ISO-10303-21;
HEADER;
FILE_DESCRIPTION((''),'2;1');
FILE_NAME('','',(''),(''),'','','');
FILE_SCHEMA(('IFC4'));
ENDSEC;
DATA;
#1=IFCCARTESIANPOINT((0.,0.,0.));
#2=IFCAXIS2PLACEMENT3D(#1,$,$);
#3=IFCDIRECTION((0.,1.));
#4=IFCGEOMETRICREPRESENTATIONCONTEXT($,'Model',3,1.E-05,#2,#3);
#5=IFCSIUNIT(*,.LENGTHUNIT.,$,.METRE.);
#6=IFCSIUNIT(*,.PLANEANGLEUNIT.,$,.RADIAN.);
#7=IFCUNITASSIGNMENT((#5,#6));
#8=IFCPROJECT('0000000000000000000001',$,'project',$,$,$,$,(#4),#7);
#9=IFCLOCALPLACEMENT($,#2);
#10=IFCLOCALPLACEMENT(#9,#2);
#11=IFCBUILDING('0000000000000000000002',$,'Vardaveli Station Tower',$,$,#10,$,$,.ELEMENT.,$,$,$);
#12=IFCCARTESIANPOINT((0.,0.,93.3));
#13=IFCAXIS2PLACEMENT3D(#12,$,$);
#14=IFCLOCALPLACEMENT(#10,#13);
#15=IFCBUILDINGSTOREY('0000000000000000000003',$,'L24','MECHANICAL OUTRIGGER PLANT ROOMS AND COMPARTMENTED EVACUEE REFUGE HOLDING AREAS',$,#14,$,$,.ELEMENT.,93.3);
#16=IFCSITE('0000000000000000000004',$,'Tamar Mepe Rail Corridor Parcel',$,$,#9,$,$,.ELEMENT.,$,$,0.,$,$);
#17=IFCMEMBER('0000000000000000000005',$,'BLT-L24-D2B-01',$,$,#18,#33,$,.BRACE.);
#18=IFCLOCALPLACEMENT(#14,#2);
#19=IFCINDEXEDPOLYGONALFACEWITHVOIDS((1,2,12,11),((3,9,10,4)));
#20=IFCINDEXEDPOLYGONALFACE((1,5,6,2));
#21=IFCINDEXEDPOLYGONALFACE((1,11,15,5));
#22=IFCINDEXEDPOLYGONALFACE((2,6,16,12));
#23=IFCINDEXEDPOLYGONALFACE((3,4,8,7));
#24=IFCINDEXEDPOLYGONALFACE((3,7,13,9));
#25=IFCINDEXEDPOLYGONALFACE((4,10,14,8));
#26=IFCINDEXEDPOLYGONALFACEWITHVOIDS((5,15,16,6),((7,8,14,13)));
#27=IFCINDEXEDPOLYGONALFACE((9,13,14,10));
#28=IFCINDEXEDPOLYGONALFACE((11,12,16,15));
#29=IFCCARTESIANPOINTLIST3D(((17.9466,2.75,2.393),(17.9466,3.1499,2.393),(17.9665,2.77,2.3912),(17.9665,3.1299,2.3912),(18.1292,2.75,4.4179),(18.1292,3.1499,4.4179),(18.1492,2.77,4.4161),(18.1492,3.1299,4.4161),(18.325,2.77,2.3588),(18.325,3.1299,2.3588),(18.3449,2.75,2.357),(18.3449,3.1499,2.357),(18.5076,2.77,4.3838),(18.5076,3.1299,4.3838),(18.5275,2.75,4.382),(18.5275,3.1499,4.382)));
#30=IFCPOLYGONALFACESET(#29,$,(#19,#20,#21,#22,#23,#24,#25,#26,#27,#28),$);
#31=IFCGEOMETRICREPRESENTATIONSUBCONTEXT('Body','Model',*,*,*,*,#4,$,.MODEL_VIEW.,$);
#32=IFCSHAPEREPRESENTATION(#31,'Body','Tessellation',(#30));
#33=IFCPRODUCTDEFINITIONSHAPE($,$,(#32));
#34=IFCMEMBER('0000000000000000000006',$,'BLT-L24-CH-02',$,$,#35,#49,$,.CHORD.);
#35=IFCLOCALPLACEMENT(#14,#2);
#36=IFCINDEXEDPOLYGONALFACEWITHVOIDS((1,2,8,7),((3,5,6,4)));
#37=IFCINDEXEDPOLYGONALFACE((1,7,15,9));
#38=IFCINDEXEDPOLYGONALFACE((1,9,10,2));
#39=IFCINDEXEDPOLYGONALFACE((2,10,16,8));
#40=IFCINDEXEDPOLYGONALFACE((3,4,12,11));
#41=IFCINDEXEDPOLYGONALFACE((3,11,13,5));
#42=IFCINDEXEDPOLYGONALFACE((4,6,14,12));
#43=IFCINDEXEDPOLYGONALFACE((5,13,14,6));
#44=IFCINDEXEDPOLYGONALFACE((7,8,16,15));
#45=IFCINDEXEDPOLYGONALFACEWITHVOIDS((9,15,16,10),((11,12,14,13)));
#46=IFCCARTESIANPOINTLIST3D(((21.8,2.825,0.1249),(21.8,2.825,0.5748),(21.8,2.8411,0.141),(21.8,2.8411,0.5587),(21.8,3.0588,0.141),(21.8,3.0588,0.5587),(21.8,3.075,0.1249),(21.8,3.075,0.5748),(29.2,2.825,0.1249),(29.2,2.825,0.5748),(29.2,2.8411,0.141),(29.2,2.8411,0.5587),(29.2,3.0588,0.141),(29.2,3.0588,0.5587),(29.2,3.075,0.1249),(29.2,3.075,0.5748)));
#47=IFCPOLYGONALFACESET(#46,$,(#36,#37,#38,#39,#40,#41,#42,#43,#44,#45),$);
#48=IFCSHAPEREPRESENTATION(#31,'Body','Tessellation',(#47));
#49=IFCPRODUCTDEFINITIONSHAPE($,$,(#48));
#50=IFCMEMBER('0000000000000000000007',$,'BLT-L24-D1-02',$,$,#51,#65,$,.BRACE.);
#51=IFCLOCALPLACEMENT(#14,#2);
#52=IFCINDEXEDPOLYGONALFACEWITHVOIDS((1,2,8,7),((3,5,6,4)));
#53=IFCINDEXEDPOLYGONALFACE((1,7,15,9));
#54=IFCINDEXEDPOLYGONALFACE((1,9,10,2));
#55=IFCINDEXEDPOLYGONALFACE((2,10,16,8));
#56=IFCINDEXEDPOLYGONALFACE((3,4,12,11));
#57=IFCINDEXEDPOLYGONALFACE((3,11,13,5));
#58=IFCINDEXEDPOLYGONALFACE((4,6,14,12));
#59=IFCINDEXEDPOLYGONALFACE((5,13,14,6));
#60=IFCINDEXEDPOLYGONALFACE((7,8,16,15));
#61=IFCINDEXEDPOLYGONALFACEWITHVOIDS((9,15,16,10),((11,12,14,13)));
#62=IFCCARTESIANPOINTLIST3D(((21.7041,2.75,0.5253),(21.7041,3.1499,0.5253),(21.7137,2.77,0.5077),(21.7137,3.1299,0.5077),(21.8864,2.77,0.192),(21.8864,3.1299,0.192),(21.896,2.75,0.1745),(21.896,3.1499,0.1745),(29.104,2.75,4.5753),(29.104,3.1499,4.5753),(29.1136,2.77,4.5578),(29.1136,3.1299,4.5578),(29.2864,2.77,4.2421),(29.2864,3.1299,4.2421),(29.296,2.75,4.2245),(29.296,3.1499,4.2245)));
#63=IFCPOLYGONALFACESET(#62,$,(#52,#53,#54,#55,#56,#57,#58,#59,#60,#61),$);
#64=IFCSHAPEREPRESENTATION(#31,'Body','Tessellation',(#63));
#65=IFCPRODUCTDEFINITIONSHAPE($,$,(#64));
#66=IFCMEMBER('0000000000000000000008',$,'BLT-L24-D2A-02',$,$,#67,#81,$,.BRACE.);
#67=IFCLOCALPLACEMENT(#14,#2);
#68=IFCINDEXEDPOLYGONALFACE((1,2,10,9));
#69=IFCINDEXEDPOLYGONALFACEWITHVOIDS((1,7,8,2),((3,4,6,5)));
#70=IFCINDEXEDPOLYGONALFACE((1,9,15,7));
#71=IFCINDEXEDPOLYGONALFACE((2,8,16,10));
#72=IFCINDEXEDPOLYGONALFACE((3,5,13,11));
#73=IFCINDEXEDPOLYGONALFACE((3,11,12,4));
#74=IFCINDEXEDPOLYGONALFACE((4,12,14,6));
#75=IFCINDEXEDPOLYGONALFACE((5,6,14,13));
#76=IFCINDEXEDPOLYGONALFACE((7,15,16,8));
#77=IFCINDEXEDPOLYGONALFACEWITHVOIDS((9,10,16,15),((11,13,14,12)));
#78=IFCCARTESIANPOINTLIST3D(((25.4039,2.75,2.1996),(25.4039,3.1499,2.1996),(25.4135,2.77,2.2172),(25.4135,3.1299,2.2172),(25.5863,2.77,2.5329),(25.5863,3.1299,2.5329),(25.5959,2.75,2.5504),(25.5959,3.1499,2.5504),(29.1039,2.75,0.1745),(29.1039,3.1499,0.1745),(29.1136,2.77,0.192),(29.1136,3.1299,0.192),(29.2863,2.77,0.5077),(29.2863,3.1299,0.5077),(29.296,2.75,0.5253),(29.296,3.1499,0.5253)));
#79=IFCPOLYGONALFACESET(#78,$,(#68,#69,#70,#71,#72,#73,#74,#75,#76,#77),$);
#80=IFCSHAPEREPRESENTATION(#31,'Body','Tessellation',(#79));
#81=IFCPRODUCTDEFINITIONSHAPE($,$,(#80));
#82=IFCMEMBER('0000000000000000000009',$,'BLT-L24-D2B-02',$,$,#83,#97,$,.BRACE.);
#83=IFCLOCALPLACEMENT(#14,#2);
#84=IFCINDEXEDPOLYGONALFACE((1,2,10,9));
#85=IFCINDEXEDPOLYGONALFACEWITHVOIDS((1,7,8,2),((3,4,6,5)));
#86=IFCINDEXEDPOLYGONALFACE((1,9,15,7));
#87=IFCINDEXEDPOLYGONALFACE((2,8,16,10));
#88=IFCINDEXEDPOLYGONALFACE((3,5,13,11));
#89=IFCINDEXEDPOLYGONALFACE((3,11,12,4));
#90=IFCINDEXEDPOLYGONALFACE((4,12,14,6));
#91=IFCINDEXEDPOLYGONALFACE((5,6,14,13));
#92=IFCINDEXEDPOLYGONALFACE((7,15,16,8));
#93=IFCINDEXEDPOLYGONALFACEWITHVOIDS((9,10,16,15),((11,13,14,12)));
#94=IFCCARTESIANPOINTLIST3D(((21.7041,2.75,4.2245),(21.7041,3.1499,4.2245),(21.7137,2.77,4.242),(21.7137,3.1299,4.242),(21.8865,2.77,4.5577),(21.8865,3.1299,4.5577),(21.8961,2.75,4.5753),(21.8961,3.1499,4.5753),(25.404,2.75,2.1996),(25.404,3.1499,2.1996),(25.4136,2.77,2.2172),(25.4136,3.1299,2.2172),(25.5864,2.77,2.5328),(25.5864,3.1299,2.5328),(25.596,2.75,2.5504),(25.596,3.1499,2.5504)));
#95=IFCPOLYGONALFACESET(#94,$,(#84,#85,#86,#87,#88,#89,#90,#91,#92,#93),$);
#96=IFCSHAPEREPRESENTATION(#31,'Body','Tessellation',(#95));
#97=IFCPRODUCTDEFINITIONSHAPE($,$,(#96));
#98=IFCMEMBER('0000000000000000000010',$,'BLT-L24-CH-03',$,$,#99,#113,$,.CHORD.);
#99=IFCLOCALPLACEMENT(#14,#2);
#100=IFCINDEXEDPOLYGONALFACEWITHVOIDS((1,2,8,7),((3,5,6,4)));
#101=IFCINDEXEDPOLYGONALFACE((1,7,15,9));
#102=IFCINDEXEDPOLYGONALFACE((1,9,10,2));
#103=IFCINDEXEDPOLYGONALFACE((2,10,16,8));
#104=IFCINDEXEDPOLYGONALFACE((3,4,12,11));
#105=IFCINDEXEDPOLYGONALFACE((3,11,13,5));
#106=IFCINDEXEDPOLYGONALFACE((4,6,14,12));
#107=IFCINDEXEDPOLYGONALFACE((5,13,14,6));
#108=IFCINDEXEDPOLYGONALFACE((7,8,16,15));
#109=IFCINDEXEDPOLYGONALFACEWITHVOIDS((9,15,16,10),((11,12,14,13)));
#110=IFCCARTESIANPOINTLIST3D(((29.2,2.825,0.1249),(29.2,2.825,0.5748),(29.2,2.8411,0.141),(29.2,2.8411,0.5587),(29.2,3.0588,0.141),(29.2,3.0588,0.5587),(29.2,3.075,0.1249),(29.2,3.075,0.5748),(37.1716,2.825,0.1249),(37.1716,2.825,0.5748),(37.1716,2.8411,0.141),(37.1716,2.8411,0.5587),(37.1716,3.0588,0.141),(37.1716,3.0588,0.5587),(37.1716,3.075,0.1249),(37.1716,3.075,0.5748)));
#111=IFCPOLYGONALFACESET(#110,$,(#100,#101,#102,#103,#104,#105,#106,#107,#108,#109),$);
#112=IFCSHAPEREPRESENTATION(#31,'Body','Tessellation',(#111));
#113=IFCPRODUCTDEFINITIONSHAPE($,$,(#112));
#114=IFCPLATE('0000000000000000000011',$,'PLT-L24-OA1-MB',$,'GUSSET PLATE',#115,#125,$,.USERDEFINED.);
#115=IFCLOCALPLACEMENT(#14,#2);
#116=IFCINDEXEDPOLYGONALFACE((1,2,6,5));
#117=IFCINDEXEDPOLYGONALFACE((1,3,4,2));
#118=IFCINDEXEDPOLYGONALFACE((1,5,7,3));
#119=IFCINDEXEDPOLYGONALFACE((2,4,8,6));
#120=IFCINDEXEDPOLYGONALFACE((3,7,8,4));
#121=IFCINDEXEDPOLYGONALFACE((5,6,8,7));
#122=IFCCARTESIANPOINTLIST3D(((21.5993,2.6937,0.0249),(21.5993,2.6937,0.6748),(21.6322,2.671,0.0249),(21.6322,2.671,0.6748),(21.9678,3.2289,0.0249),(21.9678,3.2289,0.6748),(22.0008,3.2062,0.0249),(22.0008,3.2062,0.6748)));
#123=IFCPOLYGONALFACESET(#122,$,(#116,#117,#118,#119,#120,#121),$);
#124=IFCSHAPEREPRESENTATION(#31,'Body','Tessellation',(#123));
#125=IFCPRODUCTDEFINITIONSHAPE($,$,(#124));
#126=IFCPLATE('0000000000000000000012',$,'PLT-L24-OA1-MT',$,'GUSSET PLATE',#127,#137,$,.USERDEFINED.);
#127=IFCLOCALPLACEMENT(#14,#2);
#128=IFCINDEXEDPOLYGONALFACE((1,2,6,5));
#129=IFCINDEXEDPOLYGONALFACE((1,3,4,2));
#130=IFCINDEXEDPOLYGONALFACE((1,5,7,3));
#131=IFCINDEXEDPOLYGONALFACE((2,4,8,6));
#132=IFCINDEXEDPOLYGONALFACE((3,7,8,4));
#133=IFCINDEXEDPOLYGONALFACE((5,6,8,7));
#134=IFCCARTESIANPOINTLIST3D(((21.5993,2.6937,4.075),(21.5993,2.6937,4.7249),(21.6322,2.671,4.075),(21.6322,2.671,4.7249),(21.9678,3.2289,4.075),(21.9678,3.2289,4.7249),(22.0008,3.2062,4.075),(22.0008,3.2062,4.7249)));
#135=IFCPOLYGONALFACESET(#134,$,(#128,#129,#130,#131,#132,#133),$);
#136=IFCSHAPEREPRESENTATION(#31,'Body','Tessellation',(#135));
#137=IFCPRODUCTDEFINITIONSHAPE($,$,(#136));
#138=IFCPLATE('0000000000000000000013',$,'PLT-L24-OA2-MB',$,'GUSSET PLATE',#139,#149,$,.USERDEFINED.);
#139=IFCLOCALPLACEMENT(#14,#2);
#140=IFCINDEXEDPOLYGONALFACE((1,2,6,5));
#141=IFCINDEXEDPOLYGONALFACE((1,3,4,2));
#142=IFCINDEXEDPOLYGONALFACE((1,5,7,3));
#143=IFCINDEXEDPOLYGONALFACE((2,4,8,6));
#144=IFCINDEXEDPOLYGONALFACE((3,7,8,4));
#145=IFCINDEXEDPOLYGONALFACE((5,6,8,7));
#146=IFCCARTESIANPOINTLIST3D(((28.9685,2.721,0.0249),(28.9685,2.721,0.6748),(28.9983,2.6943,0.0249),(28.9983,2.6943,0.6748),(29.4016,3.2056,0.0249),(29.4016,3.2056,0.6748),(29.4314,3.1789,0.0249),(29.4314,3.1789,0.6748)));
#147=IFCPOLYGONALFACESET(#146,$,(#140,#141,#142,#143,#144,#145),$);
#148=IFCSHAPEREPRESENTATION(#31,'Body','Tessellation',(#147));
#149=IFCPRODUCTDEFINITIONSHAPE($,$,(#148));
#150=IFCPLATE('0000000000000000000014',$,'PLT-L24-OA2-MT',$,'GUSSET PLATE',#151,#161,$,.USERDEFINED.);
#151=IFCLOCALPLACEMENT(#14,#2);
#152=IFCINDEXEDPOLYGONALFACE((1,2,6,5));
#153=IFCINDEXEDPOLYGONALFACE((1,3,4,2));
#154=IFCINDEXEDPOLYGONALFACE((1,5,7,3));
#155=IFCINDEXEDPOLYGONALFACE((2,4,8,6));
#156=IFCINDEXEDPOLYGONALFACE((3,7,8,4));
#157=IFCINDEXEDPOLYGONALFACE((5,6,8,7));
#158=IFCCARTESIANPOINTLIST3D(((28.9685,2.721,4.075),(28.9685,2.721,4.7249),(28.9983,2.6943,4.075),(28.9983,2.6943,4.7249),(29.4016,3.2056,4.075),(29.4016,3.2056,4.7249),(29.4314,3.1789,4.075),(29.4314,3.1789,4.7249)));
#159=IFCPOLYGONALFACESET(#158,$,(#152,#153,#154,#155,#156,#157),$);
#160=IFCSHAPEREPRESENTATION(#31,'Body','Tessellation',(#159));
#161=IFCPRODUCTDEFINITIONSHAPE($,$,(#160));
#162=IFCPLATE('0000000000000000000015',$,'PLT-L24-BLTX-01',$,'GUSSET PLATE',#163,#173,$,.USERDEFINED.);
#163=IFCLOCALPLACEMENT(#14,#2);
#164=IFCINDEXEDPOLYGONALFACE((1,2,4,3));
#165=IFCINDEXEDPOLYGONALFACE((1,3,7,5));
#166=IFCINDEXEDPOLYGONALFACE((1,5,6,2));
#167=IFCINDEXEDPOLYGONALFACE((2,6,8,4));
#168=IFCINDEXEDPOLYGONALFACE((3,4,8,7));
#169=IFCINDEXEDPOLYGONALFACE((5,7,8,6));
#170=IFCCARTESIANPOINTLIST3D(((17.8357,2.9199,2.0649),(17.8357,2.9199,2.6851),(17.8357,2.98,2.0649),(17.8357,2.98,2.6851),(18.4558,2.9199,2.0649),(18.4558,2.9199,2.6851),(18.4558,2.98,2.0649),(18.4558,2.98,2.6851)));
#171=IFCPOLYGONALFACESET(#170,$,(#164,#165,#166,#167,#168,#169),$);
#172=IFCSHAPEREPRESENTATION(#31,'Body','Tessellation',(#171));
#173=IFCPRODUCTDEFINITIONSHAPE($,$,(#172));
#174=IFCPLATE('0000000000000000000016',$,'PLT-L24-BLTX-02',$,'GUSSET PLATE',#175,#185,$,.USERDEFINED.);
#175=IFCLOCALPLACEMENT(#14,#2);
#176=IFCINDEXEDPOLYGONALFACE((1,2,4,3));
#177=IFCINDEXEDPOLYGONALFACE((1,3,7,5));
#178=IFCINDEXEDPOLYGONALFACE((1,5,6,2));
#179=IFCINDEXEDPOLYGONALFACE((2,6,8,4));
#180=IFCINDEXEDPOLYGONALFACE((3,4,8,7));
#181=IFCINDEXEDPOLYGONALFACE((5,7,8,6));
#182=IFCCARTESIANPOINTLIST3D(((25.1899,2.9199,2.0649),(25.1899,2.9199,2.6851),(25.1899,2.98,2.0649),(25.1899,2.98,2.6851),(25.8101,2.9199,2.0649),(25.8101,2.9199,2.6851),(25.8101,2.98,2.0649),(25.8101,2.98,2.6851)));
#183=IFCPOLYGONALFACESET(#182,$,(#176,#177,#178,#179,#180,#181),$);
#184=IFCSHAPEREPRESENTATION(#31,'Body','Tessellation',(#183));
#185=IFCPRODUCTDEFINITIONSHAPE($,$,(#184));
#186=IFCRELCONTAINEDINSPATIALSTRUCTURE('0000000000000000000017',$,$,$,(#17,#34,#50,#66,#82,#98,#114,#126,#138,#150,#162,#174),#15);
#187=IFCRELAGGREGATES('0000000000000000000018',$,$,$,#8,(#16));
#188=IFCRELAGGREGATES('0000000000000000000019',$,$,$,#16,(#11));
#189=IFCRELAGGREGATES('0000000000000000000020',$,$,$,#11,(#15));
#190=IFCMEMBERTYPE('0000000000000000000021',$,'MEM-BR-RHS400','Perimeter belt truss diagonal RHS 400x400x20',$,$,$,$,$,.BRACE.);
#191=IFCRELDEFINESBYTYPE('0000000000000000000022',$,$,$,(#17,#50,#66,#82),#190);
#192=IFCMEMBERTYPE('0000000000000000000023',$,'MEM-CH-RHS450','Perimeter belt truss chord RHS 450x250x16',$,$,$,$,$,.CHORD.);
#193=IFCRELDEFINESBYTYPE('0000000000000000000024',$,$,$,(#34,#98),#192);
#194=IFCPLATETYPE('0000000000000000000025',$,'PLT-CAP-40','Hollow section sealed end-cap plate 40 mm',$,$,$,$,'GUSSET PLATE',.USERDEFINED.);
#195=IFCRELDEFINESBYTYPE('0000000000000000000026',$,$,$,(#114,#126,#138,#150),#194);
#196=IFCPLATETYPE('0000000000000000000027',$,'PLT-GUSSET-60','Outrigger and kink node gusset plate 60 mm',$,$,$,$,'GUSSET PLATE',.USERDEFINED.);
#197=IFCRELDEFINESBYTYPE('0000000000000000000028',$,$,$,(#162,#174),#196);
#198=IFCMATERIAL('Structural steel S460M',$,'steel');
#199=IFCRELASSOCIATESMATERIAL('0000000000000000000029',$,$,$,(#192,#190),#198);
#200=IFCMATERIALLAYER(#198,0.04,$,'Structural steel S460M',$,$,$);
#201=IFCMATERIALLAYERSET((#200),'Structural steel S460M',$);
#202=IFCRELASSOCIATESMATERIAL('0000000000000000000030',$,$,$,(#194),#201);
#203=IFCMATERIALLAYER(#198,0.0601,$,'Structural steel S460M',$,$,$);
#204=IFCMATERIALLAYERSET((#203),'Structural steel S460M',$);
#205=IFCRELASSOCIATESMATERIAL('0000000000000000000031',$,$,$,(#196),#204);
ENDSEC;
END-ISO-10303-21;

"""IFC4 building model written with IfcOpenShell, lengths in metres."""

from ifc_helpers import new_model, si_unit, direction, frame, origin, origin_2d, place, context, subcontext, project, spatial, rectangle, hollow_rectangle, extrude, source, transform, mapped, material, layer, layer_set, material_profile, profile_set, type_object, element, save


model = new_model("IFC4")

# Units and contexts
model_context = context("Model", 3, precision=1e-05, world=origin(), true_north=direction((0.0, 1.0)))
body_context = subcontext(model_context, "Body", "Model", "MODEL_VIEW")
ifc_project = project(units=[si_unit("LENGTHUNIT", "METRE"), si_unit("PLANEANGLEUNIT", "RADIAN")], contexts=[model_context])

# Site, building, storey
site_placement = place(None, origin())
site = spatial("IfcSite", under=ifc_project, at=site_placement, Name="Tamar Mepe Rail Corridor Parcel", CompositionType="ELEMENT", RefElevation=0.0)
building_placement = place(site_placement, origin())
building = spatial("IfcBuilding", under=site, at=building_placement, Name="Vardaveli Station Tower", CompositionType="ELEMENT")
storey_placement = place(building_placement, frame((0.0, 0.0, 93.3)))
storey = spatial("IfcBuildingStorey", under=building, at=storey_placement, Name="L24", Description="MECHANICAL OUTRIGGER PLANT ROOMS AND COMPARTMENTED EVACUEE REFUGE HOLDING AREAS", CompositionType="ELEMENT", Elevation=93.3)

# Shared definitions
ifc_material_1 = material(Name="Structural steel S460M", Category="steel")

# Members
ifc_material_profile_1 = material_profile(ifc_material_1, hollow_rectangle(XDim=0.25, YDim=0.45, WallThickness=0.0161, at=origin_2d()), Name="RHS 450x250x16")
ifc_profile_set_1 = profile_set([ifc_material_profile_1], Name="Structural steel S460M")
member_type_1 = type_object("IfcMemberType", Name="MEM-CH-RHS450", Description="Perimeter belt truss chord RHS 450x250x16", PredefinedType="CHORD", material=ifc_profile_set_1)
ifc_material_profile_2 = material_profile(ifc_material_1, hollow_rectangle(XDim=0.3999, YDim=0.3999, WallThickness=0.02, at=origin_2d()), Name="RHS 400x400x20")
ifc_profile_set_2 = profile_set([ifc_material_profile_2], Name="Structural steel S460M")
member_type_2 = type_object("IfcMemberType", Name="MEM-BR-RHS400", Description="Perimeter belt truss diagonal RHS 400x400x20", PredefinedType="BRACE", material=ifc_profile_set_2)
shared_shape_1 = source(origin(), body_context, "Body", "SweptSolid", [
    extrude(hollow_rectangle(XDim=0.3999, YDim=0.3999, WallThickness=0.02, at=origin_2d()), origin(), (0.0, 0.0, 1.0), 2.0332),
])
member_1_placement = place(storey_placement, frame((18.1458, 2.95, 2.375), z_axis=(0.089821, 0.0, 0.995958), x_axis=(0.0, 1.0, 0.0)))
element("IfcMember", 1, at=member_1_placement, inside=storey, type_object=member_type_2, Name="BLT-L24-D2B-01", PredefinedType="BRACE", context=body_context, shape_type="MappedRepresentation", body=[
    mapped(shared_shape_1, transform((0.0, 0.0, 0.0), scale=1.0)),
])
shared_shape_2 = source(origin(), body_context, "Body", "SweptSolid", [
    extrude(hollow_rectangle(XDim=0.25, YDim=0.45, WallThickness=0.0161, at=origin_2d()), origin(), (0.0, 0.0, 1.0), 7.3999),
])
member_2_placement = place(storey_placement, frame((21.8, 2.95, 0.3499), z_axis=(1.0, 0.0, 0.0), x_axis=(0.0, 1.0, 0.0)))
element("IfcMember", 2, at=member_2_placement, inside=storey, type_object=member_type_1, Name="BLT-L24-CH-02", PredefinedType="CHORD", context=body_context, shape_type="MappedRepresentation", body=[
    mapped(shared_shape_2, transform((0.0, 0.0, 0.0), scale=1.0)),
])
shared_shape_3 = source(origin(), body_context, "Body", "SweptSolid", [
    extrude(hollow_rectangle(XDim=0.3999, YDim=0.3999, WallThickness=0.02, at=origin_2d()), origin(), (0.0, 0.0, 1.0), 8.4358),
])
member_3_placement = place(storey_placement, frame((21.8, 2.95, 0.3499), z_axis=(0.87721, 0.0, 0.480107), x_axis=(0.0, 1.0, 0.0)))
element("IfcMember", 3, at=member_3_placement, inside=storey, type_object=member_type_2, Name="BLT-L24-D1-02", PredefinedType="BRACE", context=body_context, shape_type="MappedRepresentation", body=[
    mapped(shared_shape_3, transform((0.0, 0.0, 0.0), scale=1.0)),
])
shared_shape_4 = source(origin(), body_context, "Body", "SweptSolid", [
    extrude(hollow_rectangle(XDim=0.3999, YDim=0.3999, WallThickness=0.02, at=origin_2d()), origin(), (0.0, 0.0, 1.0), 4.218),
])
member_4_placement = place(storey_placement, frame((29.2, 2.95, 0.3499), z_axis=(-0.877198, 0.0, 0.480129), x_axis=(0.0, -1.0, 0.0)))
element("IfcMember", 4, at=member_4_placement, inside=storey, type_object=member_type_2, Name="BLT-L24-D2A-02", PredefinedType="BRACE", context=body_context, shape_type="MappedRepresentation", body=[
    mapped(shared_shape_4, transform((0.0, 0.0, 0.0), scale=1.0)),
])
shared_shape_5 = source(origin(), body_context, "Body", "SweptSolid", [
    extrude(hollow_rectangle(XDim=0.3999, YDim=0.3999, WallThickness=0.02, at=origin_2d()), origin(), (0.0, 0.0, 1.0), 4.2178),
])
member_5_placement = place(storey_placement, frame((25.5, 2.95, 2.375), z_axis=(-0.877222, 0.0, 0.480085), x_axis=(0.0, -1.0, 0.0)))
element("IfcMember", 5, at=member_5_placement, inside=storey, type_object=member_type_2, Name="BLT-L24-D2B-02", PredefinedType="BRACE", context=body_context, shape_type="MappedRepresentation", body=[
    mapped(shared_shape_5, transform((0.0, 0.0, 0.0), scale=1.0)),
])
shared_shape_6 = source(origin(), body_context, "Body", "SweptSolid", [
    extrude(hollow_rectangle(XDim=0.25, YDim=0.45, WallThickness=0.0161, at=origin_2d()), origin(), (0.0, 0.0, 1.0), 7.9717),
])
member_6_placement = place(storey_placement, frame((29.2, 2.95, 0.3499), z_axis=(1.0, 0.0, 0.0), x_axis=(0.0, 1.0, 0.0)))
element("IfcMember", 6, at=member_6_placement, inside=storey, type_object=member_type_1, Name="BLT-L24-CH-03", PredefinedType="CHORD", context=body_context, shape_type="MappedRepresentation", body=[
    mapped(shared_shape_6, transform((0.0, 0.0, 0.0), scale=1.0)),
])

# Plates
ifc_layer_1 = layer(ifc_material_1, 0.04, Name="Structural steel S460M")
ifc_layer_set_1 = layer_set([ifc_layer_1], Name="Structural steel S460M")
plate_type_1 = type_object("IfcPlateType", Name="PLT-CAP-40", Description="Hollow section sealed end-cap plate 40 mm", ElementType="GUSSET PLATE", PredefinedType="USERDEFINED", material=ifc_layer_set_1)
shared_shape_7 = source(origin(), body_context, "Body", "SweptSolid", [
    extrude(rectangle(XDim=0.6499, YDim=0.04, at=origin_2d()), origin(), (0.0, 0.0, 1.0), 0.6499),
])
for number, where, z_axis, x_axis, name in (
    (7, (21.8, 2.95, 0.0249), (0.0, 0.0, 1.0), (-0.567125, -0.823632, 0.0), "PLT-L24-OA1-MB"),
    (8, (21.8, 2.95, 4.075), (0.0, 0.0, 1.0), (-0.567125, -0.823632, 0.0), "PLT-L24-OA1-MT"),
    (9, (29.2, 2.95, 0.0249), (0.0, 0.0, 1.0), (-0.666402, -0.745592, 0.0), "PLT-L24-OA2-MB"),
    (10, (29.2, 2.95, 4.075), (0.0, 0.0, 1.0), (-0.666402, -0.745592, 0.0), "PLT-L24-OA2-MT"),
):
    element("IfcPlate", number, at=place(storey_placement, frame(where, z_axis=z_axis, x_axis=x_axis)), inside=storey, type_object=plate_type_1, Name=name, ObjectType="GUSSET PLATE", PredefinedType="USERDEFINED", context=body_context, shape_type="MappedRepresentation", body=[
        mapped(shared_shape_7, transform((0.0, 0.0, 0.0), scale=1.0)),
    ])
ifc_layer_2 = layer(ifc_material_1, 0.0601, Name="Structural steel S460M")
ifc_layer_set_2 = layer_set([ifc_layer_2], Name="Structural steel S460M")
plate_type_2 = type_object("IfcPlateType", Name="PLT-GUSSET-60", Description="Outrigger and kink node gusset plate 60 mm", ElementType="GUSSET PLATE", PredefinedType="USERDEFINED", material=ifc_layer_set_2)
shared_shape_8 = source(origin(), body_context, "Body", "SweptSolid", [
    extrude(rectangle(XDim=0.6201, YDim=0.0601, at=origin_2d()), origin(), (0.0, 0.0, 1.0), 0.6201),
])
for number, where, z_axis, x_axis, name in (
    (11, (18.1458, 2.95, 2.0649), (0.0, 0.0, 1.0), (1.0, 0.0, 0.0), "PLT-L24-BLTX-01"),
    (12, (25.5, 2.95, 2.0649), (0.0, 0.0, 1.0), (1.0, 0.0, 0.0), "PLT-L24-BLTX-02"),
):
    element("IfcPlate", number, at=place(storey_placement, frame(where, z_axis=z_axis, x_axis=x_axis)), inside=storey, type_object=plate_type_2, Name=name, ObjectType="GUSSET PLATE", PredefinedType="USERDEFINED", context=body_context, shape_type="MappedRepresentation", body=[
        mapped(shared_shape_8, transform((0.0, 0.0, 0.0), scale=1.0)),
    ])

save(model, "model.ifc")
